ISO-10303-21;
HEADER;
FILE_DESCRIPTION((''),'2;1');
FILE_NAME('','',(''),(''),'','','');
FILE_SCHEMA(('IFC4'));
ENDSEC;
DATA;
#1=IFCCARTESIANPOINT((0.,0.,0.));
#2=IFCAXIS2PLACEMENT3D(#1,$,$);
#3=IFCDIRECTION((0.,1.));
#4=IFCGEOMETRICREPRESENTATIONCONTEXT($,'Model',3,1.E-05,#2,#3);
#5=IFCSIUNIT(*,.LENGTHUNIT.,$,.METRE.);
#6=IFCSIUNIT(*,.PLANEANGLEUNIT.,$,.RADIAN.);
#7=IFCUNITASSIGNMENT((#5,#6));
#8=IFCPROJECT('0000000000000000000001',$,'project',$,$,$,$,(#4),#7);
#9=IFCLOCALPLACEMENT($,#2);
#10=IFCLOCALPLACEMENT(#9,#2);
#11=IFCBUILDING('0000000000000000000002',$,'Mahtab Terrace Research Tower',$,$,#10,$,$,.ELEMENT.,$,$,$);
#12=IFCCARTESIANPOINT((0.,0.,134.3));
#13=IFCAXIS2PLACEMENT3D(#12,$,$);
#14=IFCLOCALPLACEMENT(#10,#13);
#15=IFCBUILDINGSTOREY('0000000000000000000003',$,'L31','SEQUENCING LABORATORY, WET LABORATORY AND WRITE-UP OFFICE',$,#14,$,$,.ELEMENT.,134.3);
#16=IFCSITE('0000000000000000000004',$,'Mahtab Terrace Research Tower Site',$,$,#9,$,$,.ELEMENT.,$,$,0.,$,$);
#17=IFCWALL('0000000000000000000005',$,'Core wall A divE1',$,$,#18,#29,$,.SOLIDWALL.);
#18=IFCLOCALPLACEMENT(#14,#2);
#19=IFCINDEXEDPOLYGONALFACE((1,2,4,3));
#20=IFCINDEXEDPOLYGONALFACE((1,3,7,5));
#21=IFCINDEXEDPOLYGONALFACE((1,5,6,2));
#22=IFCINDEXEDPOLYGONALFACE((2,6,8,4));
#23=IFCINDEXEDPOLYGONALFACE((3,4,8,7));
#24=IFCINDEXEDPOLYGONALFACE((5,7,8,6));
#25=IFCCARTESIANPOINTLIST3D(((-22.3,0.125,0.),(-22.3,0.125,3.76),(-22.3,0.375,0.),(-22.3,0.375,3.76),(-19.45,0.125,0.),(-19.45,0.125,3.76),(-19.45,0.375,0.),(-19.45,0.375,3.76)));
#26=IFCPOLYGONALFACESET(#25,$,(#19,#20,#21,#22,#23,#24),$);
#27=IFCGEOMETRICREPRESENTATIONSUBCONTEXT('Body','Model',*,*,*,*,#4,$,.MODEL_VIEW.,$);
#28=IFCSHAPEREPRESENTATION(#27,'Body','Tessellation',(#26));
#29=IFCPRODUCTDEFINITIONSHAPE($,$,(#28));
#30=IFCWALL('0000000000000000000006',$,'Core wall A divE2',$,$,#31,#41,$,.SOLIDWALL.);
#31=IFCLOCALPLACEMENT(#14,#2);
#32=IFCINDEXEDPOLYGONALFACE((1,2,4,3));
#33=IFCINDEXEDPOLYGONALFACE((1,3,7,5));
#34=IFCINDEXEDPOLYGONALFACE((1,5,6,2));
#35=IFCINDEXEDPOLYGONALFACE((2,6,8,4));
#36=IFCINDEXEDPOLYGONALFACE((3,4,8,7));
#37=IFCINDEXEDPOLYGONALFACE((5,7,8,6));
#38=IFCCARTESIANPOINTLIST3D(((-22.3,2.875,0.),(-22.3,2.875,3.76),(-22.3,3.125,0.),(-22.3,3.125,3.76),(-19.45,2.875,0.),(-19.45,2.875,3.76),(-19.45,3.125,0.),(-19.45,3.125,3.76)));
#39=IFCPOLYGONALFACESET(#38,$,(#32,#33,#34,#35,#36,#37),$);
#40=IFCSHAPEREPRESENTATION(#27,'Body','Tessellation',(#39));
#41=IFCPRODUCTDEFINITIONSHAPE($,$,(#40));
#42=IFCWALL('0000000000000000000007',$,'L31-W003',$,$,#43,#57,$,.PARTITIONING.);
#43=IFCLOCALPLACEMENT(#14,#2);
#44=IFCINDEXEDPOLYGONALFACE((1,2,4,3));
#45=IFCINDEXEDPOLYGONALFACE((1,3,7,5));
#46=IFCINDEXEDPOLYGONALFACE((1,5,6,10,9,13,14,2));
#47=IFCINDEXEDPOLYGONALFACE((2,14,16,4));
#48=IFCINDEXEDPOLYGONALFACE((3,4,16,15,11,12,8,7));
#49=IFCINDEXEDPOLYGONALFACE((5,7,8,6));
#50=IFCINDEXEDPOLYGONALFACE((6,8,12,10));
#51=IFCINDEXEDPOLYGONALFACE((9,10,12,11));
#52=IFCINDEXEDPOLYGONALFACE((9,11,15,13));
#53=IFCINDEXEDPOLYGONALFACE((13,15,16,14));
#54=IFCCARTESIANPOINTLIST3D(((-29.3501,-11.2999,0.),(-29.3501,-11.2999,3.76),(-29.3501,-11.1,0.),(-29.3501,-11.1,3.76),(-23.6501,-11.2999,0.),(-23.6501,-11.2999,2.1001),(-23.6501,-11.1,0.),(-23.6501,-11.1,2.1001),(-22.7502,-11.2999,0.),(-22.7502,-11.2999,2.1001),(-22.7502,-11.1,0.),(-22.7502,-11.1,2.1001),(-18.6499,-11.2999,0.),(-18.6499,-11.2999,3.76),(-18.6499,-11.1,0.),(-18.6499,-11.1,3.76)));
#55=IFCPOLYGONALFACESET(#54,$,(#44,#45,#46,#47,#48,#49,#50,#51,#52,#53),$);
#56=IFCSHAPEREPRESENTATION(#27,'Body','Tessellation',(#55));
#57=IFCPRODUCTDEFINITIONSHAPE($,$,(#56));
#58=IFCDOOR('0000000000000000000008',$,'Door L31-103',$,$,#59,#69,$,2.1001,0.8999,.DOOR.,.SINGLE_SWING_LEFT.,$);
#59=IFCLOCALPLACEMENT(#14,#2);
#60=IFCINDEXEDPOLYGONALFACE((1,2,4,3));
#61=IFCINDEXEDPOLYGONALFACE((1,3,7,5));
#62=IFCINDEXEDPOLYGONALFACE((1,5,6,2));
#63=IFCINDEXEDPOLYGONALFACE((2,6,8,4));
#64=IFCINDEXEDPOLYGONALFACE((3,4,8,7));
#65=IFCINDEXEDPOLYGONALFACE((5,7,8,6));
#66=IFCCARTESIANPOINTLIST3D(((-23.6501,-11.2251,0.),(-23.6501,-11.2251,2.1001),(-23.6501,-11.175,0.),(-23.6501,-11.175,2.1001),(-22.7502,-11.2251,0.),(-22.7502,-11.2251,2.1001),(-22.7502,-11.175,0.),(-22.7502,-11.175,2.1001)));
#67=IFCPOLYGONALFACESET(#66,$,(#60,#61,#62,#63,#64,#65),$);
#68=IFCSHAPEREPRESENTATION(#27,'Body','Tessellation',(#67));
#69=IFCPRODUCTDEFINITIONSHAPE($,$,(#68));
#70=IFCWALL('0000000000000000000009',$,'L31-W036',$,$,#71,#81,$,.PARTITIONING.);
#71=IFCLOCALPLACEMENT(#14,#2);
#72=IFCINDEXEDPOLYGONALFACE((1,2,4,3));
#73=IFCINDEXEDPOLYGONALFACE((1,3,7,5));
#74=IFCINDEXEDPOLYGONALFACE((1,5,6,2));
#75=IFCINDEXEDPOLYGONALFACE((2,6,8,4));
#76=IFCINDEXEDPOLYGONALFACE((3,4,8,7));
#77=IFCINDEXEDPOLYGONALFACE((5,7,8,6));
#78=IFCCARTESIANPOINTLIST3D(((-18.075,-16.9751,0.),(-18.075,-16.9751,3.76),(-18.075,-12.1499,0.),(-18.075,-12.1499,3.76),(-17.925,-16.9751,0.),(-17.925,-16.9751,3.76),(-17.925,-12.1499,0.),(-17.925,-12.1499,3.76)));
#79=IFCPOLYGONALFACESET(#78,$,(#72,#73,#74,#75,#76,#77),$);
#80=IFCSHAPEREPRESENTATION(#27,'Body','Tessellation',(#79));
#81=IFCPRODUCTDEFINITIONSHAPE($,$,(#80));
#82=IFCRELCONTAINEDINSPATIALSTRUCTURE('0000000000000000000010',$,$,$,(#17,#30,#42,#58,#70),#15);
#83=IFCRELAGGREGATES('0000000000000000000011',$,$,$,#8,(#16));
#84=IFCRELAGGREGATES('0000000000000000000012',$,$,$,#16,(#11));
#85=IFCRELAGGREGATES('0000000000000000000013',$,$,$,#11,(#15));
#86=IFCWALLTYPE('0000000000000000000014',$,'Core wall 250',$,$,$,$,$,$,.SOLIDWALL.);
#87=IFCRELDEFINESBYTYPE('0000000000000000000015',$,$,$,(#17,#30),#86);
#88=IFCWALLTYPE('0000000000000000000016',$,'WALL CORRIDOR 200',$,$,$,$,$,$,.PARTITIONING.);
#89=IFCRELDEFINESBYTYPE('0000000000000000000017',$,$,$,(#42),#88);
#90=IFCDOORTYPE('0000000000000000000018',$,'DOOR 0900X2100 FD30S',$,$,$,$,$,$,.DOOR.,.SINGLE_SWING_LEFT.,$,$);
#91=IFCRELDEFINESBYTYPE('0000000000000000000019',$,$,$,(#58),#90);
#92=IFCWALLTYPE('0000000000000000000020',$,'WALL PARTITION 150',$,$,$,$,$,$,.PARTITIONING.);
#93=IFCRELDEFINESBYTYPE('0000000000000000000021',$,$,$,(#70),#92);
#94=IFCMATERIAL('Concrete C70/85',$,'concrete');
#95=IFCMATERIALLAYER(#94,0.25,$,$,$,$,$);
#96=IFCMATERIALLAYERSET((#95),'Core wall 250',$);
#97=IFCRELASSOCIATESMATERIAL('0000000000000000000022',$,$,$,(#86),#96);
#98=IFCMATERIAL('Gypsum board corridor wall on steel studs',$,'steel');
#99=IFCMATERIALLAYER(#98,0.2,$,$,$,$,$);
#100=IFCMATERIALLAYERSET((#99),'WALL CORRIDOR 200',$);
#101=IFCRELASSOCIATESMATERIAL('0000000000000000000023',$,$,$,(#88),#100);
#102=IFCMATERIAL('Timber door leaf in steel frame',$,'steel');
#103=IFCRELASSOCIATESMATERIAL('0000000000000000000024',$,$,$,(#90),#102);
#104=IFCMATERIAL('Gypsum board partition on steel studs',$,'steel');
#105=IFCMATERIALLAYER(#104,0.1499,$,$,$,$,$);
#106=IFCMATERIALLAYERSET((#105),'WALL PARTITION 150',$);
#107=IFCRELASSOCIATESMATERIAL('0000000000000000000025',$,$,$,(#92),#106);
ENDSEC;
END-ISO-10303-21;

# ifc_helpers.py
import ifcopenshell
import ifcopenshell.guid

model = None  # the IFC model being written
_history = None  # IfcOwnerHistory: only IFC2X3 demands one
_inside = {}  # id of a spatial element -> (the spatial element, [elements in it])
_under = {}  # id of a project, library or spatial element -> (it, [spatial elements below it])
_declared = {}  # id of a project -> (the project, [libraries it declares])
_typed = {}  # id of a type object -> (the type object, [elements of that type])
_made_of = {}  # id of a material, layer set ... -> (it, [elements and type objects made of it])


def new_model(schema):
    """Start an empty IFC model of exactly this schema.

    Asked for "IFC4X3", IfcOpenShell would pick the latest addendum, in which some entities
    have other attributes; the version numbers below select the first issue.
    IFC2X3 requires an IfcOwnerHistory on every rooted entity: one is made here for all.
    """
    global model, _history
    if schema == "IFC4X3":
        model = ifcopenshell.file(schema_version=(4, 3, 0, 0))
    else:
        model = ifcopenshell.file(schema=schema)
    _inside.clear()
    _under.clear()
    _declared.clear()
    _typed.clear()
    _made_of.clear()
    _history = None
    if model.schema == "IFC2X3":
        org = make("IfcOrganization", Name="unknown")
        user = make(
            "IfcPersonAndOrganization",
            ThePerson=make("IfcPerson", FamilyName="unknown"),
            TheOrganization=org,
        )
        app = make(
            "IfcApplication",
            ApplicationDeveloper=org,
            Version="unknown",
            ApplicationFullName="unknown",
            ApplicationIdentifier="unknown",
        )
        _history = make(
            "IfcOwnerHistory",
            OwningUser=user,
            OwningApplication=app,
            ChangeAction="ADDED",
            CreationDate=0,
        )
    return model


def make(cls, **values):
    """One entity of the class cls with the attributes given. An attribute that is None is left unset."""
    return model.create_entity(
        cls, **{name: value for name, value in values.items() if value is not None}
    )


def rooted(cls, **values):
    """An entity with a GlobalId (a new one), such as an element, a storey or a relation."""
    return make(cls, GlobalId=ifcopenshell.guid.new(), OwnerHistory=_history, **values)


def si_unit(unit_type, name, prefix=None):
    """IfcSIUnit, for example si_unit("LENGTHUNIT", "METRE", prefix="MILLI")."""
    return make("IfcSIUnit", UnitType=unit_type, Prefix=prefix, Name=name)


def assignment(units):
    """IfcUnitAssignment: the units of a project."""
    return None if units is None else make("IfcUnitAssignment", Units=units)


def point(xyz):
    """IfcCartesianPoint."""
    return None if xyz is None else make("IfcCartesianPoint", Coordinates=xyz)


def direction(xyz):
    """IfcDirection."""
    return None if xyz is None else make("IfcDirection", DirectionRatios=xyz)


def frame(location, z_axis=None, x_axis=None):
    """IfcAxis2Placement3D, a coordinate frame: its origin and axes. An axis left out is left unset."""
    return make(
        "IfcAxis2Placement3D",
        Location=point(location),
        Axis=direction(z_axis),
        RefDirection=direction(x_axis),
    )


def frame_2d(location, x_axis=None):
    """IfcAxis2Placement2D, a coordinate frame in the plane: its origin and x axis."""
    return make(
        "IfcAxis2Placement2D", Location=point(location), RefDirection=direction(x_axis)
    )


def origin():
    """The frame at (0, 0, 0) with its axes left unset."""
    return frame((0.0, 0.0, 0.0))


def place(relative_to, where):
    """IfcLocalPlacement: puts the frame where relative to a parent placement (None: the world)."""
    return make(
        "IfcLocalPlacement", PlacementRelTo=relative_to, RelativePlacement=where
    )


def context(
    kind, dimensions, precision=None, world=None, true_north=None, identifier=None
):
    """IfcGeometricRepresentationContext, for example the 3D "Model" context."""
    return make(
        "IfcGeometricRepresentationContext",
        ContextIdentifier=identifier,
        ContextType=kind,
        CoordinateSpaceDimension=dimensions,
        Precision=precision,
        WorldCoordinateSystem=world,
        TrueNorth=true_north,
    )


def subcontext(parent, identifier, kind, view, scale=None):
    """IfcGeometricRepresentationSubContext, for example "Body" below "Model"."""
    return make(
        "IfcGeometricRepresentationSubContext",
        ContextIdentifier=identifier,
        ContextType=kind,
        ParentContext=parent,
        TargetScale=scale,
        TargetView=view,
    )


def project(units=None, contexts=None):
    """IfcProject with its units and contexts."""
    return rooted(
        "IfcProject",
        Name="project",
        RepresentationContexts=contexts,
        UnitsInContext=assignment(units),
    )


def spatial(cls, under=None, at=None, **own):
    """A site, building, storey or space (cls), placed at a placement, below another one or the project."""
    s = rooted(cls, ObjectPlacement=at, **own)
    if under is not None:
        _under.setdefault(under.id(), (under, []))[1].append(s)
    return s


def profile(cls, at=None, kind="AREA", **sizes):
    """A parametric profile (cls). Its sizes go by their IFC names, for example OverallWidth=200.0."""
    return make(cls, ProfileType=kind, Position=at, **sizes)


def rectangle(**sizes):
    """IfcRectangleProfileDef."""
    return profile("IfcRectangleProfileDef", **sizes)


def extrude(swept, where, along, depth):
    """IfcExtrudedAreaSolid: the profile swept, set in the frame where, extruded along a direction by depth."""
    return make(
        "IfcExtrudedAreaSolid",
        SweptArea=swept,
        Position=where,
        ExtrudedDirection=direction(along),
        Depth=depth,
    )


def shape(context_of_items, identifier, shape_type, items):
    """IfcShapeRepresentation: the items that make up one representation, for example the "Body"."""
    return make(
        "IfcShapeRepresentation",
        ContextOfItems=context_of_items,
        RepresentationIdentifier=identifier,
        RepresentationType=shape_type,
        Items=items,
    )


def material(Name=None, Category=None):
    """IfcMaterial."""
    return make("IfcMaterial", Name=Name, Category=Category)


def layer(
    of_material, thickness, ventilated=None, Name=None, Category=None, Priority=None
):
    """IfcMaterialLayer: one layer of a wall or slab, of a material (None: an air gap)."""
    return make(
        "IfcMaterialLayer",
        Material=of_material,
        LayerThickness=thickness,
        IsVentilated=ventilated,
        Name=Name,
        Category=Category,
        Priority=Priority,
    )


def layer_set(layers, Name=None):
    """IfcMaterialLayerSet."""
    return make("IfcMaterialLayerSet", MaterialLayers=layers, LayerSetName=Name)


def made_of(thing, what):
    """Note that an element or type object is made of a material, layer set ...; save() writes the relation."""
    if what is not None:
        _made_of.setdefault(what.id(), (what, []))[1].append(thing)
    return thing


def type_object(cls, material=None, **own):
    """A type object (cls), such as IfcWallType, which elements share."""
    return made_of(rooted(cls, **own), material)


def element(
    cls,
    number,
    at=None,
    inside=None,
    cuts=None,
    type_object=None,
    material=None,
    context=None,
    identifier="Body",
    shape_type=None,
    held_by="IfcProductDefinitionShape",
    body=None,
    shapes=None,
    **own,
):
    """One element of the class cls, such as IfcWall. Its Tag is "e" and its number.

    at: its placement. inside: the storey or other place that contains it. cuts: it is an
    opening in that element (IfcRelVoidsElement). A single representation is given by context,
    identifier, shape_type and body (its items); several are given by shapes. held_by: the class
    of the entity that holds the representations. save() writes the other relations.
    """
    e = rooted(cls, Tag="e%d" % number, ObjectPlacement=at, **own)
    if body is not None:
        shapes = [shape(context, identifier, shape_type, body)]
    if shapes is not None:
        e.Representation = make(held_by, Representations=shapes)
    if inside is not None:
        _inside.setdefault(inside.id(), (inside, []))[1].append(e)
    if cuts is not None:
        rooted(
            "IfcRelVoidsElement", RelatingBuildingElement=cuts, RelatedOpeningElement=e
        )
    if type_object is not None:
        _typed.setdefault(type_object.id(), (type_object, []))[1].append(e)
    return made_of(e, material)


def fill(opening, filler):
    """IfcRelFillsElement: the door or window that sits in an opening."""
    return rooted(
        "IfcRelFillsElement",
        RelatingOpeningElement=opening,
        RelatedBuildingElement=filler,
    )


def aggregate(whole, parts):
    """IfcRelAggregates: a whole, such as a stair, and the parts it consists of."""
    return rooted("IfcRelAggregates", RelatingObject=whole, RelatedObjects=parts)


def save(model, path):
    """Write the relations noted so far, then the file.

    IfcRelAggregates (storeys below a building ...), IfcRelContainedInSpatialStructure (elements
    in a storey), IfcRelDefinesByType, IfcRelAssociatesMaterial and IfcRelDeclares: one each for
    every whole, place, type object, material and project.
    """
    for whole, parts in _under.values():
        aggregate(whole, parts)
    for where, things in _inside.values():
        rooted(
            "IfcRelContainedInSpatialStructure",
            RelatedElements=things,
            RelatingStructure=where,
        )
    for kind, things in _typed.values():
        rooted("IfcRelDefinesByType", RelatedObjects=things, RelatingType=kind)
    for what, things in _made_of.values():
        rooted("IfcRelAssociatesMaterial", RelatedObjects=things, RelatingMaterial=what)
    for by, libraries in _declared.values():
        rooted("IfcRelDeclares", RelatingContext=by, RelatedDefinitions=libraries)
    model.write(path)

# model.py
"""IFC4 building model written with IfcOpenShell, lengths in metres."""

from ifc_helpers import new_model, si_unit, direction, frame, frame_2d, origin, place, context, subcontext, project, spatial, rectangle, extrude, material, layer, layer_set, type_object, element, fill, save


model = new_model("IFC4")

# Units and contexts
model_context = context("Model", 3, precision=1e-05, world=origin(), true_north=direction((0.0, 1.0)))
body_context = subcontext(model_context, "Body", "Model", "MODEL_VIEW")
ifc_project = project(units=[si_unit("LENGTHUNIT", "METRE"), si_unit("PLANEANGLEUNIT", "RADIAN")], contexts=[model_context])

# Site, building, storey
site_placement = place(None, origin())
site = spatial("IfcSite", under=ifc_project, at=site_placement, Name="Mahtab Terrace Research Tower Site", CompositionType="ELEMENT", RefElevation=0.0)
building_placement = place(site_placement, origin())
building = spatial("IfcBuilding", under=site, at=building_placement, Name="Mahtab Terrace Research Tower", CompositionType="ELEMENT")
storey_placement = place(building_placement, frame((0.0, 0.0, 134.3)))
storey = spatial("IfcBuildingStorey", under=building, at=storey_placement, Name="L31", Description="SEQUENCING LABORATORY, WET LABORATORY AND WRITE-UP OFFICE", CompositionType="ELEMENT", Elevation=134.3)

# Shared definitions
ifc_material_1 = material(Name="Concrete C70/85", Category="concrete")

# Shared definitions
ifc_layer_1 = layer(ifc_material_1, 0.25)
ifc_layer_set_1 = layer_set([ifc_layer_1], Name="Core wall 250")
wall_type_1 = type_object("IfcWallType", Name="Core wall 250", PredefinedType="SOLIDWALL", material=ifc_layer_set_1)

# Walls
for number, where, z_axis, x_axis, name in (
    (1, (-22.3, 0.25, 0.0), (0.0, 0.0, 1.0), (1.0, 0.0, 0.0), "Core wall A divE1"),
    (2, (-22.3, 3.0, 0.0), (0.0, 0.0, 1.0), (1.0, 0.0, 0.0), "Core wall A divE2"),
):
    element("IfcWall", number, at=place(storey_placement, frame(where, z_axis=z_axis, x_axis=x_axis)), inside=storey, type_object=wall_type_1, Name=name, PredefinedType="SOLIDWALL", context=body_context, shape_type="SweptSolid", body=[
        extrude(rectangle(XDim=2.8501, YDim=0.25, at=frame_2d((1.425, 0.0))), origin(), (0.0, 0.0, 1.0), 3.76),
    ])

# Wall, opening, door
ifc_material_2 = material(Name="Gypsum board corridor wall on steel studs", Category="steel")
ifc_layer_2 = layer(ifc_material_2, 0.2)
ifc_layer_set_2 = layer_set([ifc_layer_2], Name="WALL CORRIDOR 200")
wall_type_2 = type_object("IfcWallType", Name="WALL CORRIDOR 200", PredefinedType="PARTITIONING", material=ifc_layer_set_2)
wall_1_placement = place(storey_placement, frame((-29.3501, -11.2, 0.0), z_axis=(0.0, 0.0, 1.0), x_axis=(1.0, 0.0, 0.0)))
wall_1 = element("IfcWall", 3, at=wall_1_placement, inside=storey, type_object=wall_type_2, Name="L31-W003", PredefinedType="PARTITIONING", context=body_context, shape_type="SweptSolid", body=[
    extrude(rectangle(XDim=10.7002, YDim=0.2, at=frame_2d((5.3501, 0.0))), origin(), (0.0, 0.0, 1.0), 3.76),
])
opening_1_placement = place(wall_1_placement, frame((5.7, 0.0, 0.0)))
opening_1 = element("IfcOpeningElement", 4, at=opening_1_placement, cuts=wall_1, PredefinedType="OPENING", context=body_context, shape_type="SweptSolid", body=[
    extrude(rectangle(XDim=0.8999, YDim=2.1001, at=frame_2d((0.45, 1.05))), frame((0.0, 0.1099, 0.0), z_axis=(0.0, -1.0, 0.0), x_axis=(1.0, 0.0, 0.0)), (0.0, 0.0, 1.0), 0.22),
])
ifc_material_3 = material(Name="Timber door leaf in steel frame", Category="steel")
door_type_1 = type_object("IfcDoorType", Name="DOOR 0900X2100 FD30S", OperationType="SINGLE_SWING_LEFT", PredefinedType="DOOR", material=ifc_material_3)
door_1_placement = place(opening_1_placement, origin())
door_1 = element("IfcDoor", 5, at=door_1_placement, inside=storey, type_object=door_type_1, Name="Door L31-103", OperationType="SINGLE_SWING_LEFT", OverallHeight=2.1001, OverallWidth=0.8999, PredefinedType="DOOR", context=body_context, shape_type="SweptSolid", body=[
    extrude(rectangle(XDim=0.8999, YDim=2.1001, at=frame_2d((0.45, 1.05))), frame((0.0, 0.0249, 0.0), z_axis=(0.0, -1.0, 0.0), x_axis=(1.0, 0.0, 0.0)), (0.0, 0.0, 1.0), 0.05),
])
fill(opening_1, door_1)

# Wall
ifc_material_4 = material(Name="Gypsum board partition on steel studs", Category="steel")
ifc_layer_3 = layer(ifc_material_4, 0.1499)
ifc_layer_set_3 = layer_set([ifc_layer_3], Name="WALL PARTITION 150")
wall_type_3 = type_object("IfcWallType", Name="WALL PARTITION 150", PredefinedType="PARTITIONING", material=ifc_layer_set_3)
wall_2_placement = place(storey_placement, frame((-18.0, -16.9751, 0.0), z_axis=(0.0, 0.0, 1.0), x_axis=(0.0, 1.0, 0.0)))
element("IfcWall", 6, at=wall_2_placement, inside=storey, type_object=wall_type_3, Name="L31-W036", PredefinedType="PARTITIONING", context=body_context, shape_type="SweptSolid", body=[
    extrude(rectangle(XDim=4.8252, YDim=0.1499, at=frame_2d((2.4126, 0.0))), origin(), (0.0, 0.0, 1.0), 3.76),
])

save(model, "model.ifc")
